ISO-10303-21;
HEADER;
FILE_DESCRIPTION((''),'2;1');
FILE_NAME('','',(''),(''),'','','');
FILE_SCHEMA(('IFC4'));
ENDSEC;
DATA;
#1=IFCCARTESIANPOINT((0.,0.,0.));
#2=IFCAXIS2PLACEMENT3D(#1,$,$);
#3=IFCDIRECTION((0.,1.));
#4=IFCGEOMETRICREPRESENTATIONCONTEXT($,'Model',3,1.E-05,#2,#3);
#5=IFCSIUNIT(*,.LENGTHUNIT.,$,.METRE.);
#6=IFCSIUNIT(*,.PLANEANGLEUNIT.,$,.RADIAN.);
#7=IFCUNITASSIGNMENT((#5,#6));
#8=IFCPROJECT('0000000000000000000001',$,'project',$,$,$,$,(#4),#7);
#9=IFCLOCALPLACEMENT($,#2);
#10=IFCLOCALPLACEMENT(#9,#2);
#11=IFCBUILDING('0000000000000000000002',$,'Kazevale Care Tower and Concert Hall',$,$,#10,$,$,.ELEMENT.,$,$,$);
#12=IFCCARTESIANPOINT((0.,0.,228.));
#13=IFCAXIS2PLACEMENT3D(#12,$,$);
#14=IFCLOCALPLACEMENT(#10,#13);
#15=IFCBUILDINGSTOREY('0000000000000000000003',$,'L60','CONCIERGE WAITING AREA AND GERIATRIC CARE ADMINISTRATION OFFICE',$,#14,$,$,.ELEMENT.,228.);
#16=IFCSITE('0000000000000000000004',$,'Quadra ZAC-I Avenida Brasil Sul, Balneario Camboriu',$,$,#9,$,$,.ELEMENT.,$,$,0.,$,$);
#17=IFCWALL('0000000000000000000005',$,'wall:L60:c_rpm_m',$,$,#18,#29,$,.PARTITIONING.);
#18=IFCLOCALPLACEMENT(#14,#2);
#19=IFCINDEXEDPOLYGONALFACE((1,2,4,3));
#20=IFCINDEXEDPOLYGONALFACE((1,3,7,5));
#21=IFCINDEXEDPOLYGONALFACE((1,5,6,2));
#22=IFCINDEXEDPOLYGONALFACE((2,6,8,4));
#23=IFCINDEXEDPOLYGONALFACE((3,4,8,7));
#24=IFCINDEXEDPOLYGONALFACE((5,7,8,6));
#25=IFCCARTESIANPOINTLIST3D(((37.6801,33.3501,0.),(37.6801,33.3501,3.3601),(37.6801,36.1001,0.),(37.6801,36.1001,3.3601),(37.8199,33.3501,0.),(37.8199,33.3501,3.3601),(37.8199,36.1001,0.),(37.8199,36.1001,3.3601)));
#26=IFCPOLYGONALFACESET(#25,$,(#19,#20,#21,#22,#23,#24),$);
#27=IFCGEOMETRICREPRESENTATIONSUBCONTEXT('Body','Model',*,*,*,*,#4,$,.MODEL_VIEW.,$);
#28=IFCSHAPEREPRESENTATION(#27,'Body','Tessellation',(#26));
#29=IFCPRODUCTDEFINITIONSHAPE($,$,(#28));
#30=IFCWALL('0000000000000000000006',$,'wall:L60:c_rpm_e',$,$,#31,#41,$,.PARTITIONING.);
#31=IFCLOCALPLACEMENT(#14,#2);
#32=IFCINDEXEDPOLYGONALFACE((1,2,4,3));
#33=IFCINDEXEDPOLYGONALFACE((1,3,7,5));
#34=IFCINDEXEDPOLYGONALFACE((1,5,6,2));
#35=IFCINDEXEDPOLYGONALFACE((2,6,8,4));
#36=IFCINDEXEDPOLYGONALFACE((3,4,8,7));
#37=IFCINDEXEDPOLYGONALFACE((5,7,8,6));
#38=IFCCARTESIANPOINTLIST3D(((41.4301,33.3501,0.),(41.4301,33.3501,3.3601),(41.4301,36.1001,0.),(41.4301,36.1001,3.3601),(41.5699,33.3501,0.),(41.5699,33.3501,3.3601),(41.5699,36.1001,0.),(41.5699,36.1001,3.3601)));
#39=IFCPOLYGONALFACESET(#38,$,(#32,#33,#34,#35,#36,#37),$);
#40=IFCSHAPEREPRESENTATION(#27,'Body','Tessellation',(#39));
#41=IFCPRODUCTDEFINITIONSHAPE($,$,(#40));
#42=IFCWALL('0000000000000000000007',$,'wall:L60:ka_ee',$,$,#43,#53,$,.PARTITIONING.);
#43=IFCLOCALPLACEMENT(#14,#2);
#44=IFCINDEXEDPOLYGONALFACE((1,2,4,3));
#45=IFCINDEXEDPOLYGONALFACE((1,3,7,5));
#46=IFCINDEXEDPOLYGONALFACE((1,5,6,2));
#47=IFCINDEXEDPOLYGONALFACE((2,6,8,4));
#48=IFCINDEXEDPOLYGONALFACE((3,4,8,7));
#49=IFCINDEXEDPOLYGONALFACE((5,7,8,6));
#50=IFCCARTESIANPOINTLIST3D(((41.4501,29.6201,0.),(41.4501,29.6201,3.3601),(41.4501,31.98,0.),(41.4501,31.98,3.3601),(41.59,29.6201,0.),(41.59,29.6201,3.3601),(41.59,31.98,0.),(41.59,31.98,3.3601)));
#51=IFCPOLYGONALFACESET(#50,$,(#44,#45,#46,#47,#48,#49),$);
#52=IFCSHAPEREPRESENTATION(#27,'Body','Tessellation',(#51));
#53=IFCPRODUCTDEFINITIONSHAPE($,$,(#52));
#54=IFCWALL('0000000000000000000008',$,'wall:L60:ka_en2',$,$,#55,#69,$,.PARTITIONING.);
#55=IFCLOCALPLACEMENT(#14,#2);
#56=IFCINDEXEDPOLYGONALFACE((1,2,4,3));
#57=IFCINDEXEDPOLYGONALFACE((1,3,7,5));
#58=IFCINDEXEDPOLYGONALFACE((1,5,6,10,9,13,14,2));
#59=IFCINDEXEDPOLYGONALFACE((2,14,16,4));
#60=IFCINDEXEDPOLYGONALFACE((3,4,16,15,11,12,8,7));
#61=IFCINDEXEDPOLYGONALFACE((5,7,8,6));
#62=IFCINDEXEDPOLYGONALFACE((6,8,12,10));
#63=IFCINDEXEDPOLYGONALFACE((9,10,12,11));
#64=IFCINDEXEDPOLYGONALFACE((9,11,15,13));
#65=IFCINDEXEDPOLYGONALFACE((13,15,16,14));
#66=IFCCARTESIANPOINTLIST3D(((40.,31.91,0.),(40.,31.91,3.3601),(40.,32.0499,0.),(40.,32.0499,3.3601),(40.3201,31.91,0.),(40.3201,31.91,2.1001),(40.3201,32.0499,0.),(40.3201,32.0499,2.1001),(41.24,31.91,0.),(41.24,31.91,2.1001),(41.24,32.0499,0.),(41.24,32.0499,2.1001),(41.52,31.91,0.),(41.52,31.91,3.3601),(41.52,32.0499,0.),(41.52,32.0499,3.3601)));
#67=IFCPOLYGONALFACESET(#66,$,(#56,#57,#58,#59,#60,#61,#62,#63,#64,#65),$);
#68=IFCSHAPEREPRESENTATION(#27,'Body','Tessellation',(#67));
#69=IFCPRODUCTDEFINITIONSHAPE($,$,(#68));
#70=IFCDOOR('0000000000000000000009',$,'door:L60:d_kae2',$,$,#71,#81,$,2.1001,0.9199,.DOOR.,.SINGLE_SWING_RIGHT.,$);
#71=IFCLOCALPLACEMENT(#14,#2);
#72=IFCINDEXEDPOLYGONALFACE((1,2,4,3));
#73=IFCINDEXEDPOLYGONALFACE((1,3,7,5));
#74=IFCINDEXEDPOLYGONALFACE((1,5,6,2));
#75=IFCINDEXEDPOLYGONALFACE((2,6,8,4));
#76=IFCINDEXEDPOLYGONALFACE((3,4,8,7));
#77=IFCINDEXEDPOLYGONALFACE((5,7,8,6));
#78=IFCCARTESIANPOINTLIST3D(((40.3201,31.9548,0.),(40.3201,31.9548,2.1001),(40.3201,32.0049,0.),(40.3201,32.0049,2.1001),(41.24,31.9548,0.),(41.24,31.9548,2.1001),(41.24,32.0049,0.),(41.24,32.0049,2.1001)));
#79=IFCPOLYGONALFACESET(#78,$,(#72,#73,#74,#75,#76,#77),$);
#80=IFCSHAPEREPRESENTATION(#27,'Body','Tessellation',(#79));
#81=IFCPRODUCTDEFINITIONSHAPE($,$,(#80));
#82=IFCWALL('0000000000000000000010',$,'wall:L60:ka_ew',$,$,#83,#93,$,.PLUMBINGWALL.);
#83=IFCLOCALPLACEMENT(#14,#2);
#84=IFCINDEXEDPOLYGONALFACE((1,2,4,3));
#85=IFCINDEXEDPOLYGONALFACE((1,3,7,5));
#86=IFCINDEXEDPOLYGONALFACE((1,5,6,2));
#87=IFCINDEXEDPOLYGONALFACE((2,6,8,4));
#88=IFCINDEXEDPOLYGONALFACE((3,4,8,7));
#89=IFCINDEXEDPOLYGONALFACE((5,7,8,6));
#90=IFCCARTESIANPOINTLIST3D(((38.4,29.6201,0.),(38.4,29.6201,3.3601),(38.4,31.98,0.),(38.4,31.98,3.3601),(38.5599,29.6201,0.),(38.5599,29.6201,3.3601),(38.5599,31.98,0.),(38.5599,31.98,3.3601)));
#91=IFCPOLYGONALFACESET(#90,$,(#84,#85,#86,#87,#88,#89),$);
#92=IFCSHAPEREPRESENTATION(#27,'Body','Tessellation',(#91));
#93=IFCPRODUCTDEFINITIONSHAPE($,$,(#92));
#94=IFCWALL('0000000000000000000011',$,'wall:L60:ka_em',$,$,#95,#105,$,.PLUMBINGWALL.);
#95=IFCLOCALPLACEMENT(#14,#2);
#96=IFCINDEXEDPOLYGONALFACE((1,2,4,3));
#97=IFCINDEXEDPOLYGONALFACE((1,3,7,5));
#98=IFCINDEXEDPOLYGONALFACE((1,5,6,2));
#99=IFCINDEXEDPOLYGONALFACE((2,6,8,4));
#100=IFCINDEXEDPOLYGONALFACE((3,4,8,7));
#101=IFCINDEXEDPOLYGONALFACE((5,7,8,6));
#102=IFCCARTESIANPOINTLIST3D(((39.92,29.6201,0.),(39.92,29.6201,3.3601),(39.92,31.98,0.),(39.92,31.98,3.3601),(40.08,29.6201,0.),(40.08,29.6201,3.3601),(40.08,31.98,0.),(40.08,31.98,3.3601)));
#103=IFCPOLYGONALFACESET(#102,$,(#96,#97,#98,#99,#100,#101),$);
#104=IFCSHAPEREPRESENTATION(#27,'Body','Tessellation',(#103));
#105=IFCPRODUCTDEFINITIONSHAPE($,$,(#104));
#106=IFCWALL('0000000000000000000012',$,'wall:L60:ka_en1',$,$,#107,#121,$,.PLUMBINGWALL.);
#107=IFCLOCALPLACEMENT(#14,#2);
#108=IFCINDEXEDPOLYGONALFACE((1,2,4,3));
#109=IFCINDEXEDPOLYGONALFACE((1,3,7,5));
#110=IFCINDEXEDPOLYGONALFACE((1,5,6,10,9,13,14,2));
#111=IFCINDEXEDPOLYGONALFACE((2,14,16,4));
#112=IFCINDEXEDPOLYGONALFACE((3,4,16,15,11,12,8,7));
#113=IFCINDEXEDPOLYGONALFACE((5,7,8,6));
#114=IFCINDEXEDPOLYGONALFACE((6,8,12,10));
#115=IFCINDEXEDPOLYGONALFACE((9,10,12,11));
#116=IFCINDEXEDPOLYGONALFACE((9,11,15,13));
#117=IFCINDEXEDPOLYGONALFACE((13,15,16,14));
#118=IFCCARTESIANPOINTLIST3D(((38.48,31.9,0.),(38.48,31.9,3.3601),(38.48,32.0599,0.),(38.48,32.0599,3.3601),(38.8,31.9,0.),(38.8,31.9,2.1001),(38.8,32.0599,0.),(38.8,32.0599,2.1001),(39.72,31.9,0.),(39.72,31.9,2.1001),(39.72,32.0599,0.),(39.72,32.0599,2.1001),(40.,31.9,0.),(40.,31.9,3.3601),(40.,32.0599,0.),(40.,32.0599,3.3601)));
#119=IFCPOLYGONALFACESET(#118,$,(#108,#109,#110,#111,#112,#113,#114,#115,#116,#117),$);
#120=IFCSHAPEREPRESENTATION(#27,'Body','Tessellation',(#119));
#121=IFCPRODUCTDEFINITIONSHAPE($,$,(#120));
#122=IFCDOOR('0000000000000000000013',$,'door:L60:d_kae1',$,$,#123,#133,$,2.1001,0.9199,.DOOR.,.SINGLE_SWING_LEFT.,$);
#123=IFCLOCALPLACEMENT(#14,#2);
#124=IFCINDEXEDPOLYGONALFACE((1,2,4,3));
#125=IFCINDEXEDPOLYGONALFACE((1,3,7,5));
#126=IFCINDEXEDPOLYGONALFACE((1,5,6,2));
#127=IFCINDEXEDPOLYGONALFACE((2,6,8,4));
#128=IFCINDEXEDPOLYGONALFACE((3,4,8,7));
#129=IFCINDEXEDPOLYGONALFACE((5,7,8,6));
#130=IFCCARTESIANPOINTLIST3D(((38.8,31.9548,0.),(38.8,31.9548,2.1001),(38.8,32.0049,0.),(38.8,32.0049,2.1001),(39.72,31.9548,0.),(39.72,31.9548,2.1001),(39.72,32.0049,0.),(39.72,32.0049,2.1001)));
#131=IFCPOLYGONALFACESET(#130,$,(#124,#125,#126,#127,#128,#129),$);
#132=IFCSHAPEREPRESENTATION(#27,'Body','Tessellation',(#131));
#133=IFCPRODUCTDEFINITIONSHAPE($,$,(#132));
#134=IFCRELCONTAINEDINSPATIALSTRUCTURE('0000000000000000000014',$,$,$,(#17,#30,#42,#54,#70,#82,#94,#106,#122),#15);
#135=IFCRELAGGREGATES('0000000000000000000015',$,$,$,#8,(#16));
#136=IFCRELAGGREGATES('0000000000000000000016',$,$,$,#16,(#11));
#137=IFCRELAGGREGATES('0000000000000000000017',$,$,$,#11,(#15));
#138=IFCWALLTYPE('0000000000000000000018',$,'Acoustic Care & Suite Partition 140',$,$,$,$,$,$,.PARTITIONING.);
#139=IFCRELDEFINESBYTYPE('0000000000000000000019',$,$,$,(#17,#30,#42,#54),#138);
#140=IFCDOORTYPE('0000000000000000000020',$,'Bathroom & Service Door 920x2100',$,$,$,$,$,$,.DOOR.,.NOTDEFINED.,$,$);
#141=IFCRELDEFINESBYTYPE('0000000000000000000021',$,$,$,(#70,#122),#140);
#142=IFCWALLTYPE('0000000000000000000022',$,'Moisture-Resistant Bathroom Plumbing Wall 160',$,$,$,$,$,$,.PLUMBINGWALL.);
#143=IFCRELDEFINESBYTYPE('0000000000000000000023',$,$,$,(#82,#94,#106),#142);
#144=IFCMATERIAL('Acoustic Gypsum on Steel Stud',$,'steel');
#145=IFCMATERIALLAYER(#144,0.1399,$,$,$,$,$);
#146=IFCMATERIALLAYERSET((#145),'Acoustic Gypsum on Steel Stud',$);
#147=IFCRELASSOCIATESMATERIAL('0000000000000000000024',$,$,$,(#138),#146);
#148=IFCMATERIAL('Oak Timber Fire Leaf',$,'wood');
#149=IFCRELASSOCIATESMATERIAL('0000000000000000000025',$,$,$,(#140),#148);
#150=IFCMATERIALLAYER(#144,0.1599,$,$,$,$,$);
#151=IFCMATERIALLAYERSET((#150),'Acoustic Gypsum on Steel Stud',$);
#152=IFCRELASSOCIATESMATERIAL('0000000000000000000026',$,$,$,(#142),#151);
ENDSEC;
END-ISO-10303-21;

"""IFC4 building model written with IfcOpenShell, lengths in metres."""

from ifc_helpers import new_model, si_unit, direction, frame, frame_2d, origin, place, context, subcontext, project, spatial, rectangle, extrude, material, layer, layer_set, type_object, element, fill, save


model = new_model("IFC4")

# Units and contexts
model_context = context("Model", 3, precision=1e-05, world=origin(), true_north=direction((0.0, 1.0)))
body_context = subcontext(model_context, "Body", "Model", "MODEL_VIEW")
ifc_project = project(units=[si_unit("LENGTHUNIT", "METRE"), si_unit("PLANEANGLEUNIT", "RADIAN")], contexts=[model_context])

# Site, building, storey
site_placement = place(None, origin())
site = spatial("IfcSite", under=ifc_project, at=site_placement, Name="Quadra ZAC-I Avenida Brasil Sul, Balneario Camboriu", CompositionType="ELEMENT", RefElevation=0.0)
building_placement = place(site_placement, origin())
building = spatial("IfcBuilding", under=site, at=building_placement, Name="Kazevale Care Tower and Concert Hall", CompositionType="ELEMENT")
storey_placement = place(building_placement, frame((0.0, 0.0, 228.0)))
storey = spatial("IfcBuildingStorey", under=building, at=storey_placement, Name="L60", Description="CONCIERGE WAITING AREA AND GERIATRIC CARE ADMINISTRATION OFFICE", CompositionType="ELEMENT", Elevation=228.0)

# Shared definitions
ifc_material_1 = material(Name="Acoustic Gypsum on Steel Stud", Category="steel")
ifc_layer_1 = layer(ifc_material_1, 0.1399)
ifc_layer_set_1 = layer_set([ifc_layer_1], Name="Acoustic Gypsum on Steel Stud")
wall_type_1 = type_object("IfcWallType", Name="Acoustic Care & Suite Partition 140", PredefinedType="PARTITIONING", material=ifc_layer_set_1)
ifc_material_2 = material(Name="Oak Timber Fire Leaf", Category="wood")
door_type = type_object("IfcDoorType", Name="Bathroom & Service Door 920x2100", OperationType="NOTDEFINED", PredefinedType="DOOR", material=ifc_material_2)

# Walls
for number, where, z_axis, x_axis, name in (
    (1, (37.75, 33.3501, 0.0), (0.0, 0.0, 1.0), (0.0, 1.0, 0.0), "wall:L60:c_rpm_m"),
    (2, (41.5, 33.3501, 0.0), (0.0, 0.0, 1.0), (0.0, 1.0, 0.0), "wall:L60:c_rpm_e"),
):
    element("IfcWall", number, at=place(storey_placement, frame(where, z_axis=z_axis, x_axis=x_axis)), inside=storey, type_object=wall_type_1, Name=name, PredefinedType="PARTITIONING", context=body_context, shape_type="SweptSolid", body=[
        extrude(rectangle(XDim=2.75, YDim=0.1399, at=frame_2d((1.375, 0.0))), origin(), (0.0, 0.0, 1.0), 3.3601),
    ])
wall_1_placement = place(storey_placement, frame((41.52, 29.6201, 0.0), z_axis=(0.0, 0.0, 1.0), x_axis=(0.0, 1.0, 0.0)))
element("IfcWall", 3, at=wall_1_placement, inside=storey, type_object=wall_type_1, Name="wall:L60:ka_ee", PredefinedType="PARTITIONING", context=body_context, shape_type="SweptSolid", body=[
    extrude(rectangle(XDim=2.3599, YDim=0.1399, at=frame_2d((1.1799, 0.0))), origin(), (0.0, 0.0, 1.0), 3.3601),
])

# Wall, opening, door
wall_2_placement = place(storey_placement, frame((40.0, 31.98, 0.0), z_axis=(0.0, 0.0, 1.0), x_axis=(1.0, 0.0, 0.0)))
wall_2 = element("IfcWall", 4, at=wall_2_placement, inside=storey, type_object=wall_type_1, Name="wall:L60:ka_en2", PredefinedType="PARTITIONING", context=body_context, shape_type="SweptSolid", body=[
    extrude(rectangle(XDim=1.52, YDim=0.1399, at=frame_2d((0.76, 0.0))), origin(), (0.0, 0.0, 1.0), 3.3601),
])
opening_1_placement = place(wall_2_placement, frame((0.3201, 0.0, 0.0)))
opening_1 = element("IfcOpeningElement", 5, at=opening_1_placement, cuts=wall_2, PredefinedType="OPENING", context=body_context, shape_type="SweptSolid", body=[
    extrude(rectangle(XDim=0.9199, YDim=2.1001, at=frame_2d((0.46, 1.05))), frame((0.0, 0.0798, 0.0), z_axis=(0.0, -1.0, 0.0), x_axis=(1.0, 0.0, 0.0)), (0.0, 0.0, 1.0), 0.1599),
])
door_1_placement = place(opening_1_placement, origin())
door_1 = element("IfcDoor", 6, at=door_1_placement, inside=storey, type_object=door_type, Name="door:L60:d_kae2", OperationType="SINGLE_SWING_RIGHT", OverallHeight=2.1001, OverallWidth=0.9199, PredefinedType="DOOR", context=body_context, shape_type="SweptSolid", body=[
    extrude(rectangle(XDim=0.9199, YDim=2.1001, at=frame_2d((0.46, 1.05))), frame((0.0, 0.0249, 0.0), z_axis=(0.0, -1.0, 0.0), x_axis=(1.0, 0.0, 0.0)), (0.0, 0.0, 1.0), 0.05),
])
fill(opening_1, door_1)

# Walls
ifc_layer_2 = layer(ifc_material_1, 0.1599)
ifc_layer_set_2 = layer_set([ifc_layer_2], Name="Acoustic Gypsum on Steel Stud")
wall_type_2 = type_object("IfcWallType", Name="Moisture-Resistant Bathroom Plumbing Wall 160", PredefinedType="PLUMBINGWALL", material=ifc_layer_set_2)
for number, where, z_axis, x_axis, name in (
    (7, (38.48, 29.6201, 0.0), (0.0, 0.0, 1.0), (0.0, 1.0, 0.0), "wall:L60:ka_ew"),
    (8, (40.0, 29.6201, 0.0), (0.0, 0.0, 1.0), (0.0, 1.0, 0.0), "wall:L60:ka_em"),
):
    element("IfcWall", number, at=place(storey_placement, frame(where, z_axis=z_axis, x_axis=x_axis)), inside=storey, type_object=wall_type_2, Name=name, PredefinedType="PLUMBINGWALL", context=body_context, shape_type="SweptSolid", body=[
        extrude(rectangle(XDim=2.3599, YDim=0.1599, at=frame_2d((1.1799, 0.0))), origin(), (0.0, 0.0, 1.0), 3.3601),
    ])

# Wall, opening, door
wall_3_placement = place(storey_placement, frame((38.48, 31.98, 0.0), z_axis=(0.0, 0.0, 1.0), x_axis=(1.0, 0.0, 0.0)))
wall_3 = element("IfcWall", 9, at=wall_3_placement, inside=storey, type_object=wall_type_2, Name="wall:L60:ka_en1", PredefinedType="PLUMBINGWALL", context=body_context, shape_type="SweptSolid", body=[
    extrude(rectangle(XDim=1.52, YDim=0.1599, at=frame_2d((0.76, 0.0))), origin(), (0.0, 0.0, 1.0), 3.3601),
])
opening_2_placement = place(wall_3_placement, frame((0.3201, 0.0, 0.0)))
opening_2 = element("IfcOpeningElement", 10, at=opening_2_placement, cuts=wall_3, PredefinedType="OPENING", context=body_context, shape_type="SweptSolid", body=[
    extrude(rectangle(XDim=0.9199, YDim=2.1001, at=frame_2d((0.46, 1.05))), frame((0.0, 0.0898, 0.0), z_axis=(0.0, -1.0, 0.0), x_axis=(1.0, 0.0, 0.0)), (0.0, 0.0, 1.0), 0.1799),
])
door_2_placement = place(opening_2_placement, origin())
door_2 = element("IfcDoor", 11, at=door_2_placement, inside=storey, type_object=door_type, Name="door:L60:d_kae1", OperationType="SINGLE_SWING_LEFT", OverallHeight=2.1001, OverallWidth=0.9199, PredefinedType="DOOR", context=body_context, shape_type="SweptSolid", body=[
    extrude(rectangle(XDim=0.9199, YDim=2.1001, at=frame_2d((0.46, 1.05))), frame((0.0, 0.0249, 0.0), z_axis=(0.0, -1.0, 0.0), x_axis=(1.0, 0.0, 0.0)), (0.0, 0.0, 1.0), 0.05),
])
fill(opening_2, door_2)

save(model, "model.ifc")
